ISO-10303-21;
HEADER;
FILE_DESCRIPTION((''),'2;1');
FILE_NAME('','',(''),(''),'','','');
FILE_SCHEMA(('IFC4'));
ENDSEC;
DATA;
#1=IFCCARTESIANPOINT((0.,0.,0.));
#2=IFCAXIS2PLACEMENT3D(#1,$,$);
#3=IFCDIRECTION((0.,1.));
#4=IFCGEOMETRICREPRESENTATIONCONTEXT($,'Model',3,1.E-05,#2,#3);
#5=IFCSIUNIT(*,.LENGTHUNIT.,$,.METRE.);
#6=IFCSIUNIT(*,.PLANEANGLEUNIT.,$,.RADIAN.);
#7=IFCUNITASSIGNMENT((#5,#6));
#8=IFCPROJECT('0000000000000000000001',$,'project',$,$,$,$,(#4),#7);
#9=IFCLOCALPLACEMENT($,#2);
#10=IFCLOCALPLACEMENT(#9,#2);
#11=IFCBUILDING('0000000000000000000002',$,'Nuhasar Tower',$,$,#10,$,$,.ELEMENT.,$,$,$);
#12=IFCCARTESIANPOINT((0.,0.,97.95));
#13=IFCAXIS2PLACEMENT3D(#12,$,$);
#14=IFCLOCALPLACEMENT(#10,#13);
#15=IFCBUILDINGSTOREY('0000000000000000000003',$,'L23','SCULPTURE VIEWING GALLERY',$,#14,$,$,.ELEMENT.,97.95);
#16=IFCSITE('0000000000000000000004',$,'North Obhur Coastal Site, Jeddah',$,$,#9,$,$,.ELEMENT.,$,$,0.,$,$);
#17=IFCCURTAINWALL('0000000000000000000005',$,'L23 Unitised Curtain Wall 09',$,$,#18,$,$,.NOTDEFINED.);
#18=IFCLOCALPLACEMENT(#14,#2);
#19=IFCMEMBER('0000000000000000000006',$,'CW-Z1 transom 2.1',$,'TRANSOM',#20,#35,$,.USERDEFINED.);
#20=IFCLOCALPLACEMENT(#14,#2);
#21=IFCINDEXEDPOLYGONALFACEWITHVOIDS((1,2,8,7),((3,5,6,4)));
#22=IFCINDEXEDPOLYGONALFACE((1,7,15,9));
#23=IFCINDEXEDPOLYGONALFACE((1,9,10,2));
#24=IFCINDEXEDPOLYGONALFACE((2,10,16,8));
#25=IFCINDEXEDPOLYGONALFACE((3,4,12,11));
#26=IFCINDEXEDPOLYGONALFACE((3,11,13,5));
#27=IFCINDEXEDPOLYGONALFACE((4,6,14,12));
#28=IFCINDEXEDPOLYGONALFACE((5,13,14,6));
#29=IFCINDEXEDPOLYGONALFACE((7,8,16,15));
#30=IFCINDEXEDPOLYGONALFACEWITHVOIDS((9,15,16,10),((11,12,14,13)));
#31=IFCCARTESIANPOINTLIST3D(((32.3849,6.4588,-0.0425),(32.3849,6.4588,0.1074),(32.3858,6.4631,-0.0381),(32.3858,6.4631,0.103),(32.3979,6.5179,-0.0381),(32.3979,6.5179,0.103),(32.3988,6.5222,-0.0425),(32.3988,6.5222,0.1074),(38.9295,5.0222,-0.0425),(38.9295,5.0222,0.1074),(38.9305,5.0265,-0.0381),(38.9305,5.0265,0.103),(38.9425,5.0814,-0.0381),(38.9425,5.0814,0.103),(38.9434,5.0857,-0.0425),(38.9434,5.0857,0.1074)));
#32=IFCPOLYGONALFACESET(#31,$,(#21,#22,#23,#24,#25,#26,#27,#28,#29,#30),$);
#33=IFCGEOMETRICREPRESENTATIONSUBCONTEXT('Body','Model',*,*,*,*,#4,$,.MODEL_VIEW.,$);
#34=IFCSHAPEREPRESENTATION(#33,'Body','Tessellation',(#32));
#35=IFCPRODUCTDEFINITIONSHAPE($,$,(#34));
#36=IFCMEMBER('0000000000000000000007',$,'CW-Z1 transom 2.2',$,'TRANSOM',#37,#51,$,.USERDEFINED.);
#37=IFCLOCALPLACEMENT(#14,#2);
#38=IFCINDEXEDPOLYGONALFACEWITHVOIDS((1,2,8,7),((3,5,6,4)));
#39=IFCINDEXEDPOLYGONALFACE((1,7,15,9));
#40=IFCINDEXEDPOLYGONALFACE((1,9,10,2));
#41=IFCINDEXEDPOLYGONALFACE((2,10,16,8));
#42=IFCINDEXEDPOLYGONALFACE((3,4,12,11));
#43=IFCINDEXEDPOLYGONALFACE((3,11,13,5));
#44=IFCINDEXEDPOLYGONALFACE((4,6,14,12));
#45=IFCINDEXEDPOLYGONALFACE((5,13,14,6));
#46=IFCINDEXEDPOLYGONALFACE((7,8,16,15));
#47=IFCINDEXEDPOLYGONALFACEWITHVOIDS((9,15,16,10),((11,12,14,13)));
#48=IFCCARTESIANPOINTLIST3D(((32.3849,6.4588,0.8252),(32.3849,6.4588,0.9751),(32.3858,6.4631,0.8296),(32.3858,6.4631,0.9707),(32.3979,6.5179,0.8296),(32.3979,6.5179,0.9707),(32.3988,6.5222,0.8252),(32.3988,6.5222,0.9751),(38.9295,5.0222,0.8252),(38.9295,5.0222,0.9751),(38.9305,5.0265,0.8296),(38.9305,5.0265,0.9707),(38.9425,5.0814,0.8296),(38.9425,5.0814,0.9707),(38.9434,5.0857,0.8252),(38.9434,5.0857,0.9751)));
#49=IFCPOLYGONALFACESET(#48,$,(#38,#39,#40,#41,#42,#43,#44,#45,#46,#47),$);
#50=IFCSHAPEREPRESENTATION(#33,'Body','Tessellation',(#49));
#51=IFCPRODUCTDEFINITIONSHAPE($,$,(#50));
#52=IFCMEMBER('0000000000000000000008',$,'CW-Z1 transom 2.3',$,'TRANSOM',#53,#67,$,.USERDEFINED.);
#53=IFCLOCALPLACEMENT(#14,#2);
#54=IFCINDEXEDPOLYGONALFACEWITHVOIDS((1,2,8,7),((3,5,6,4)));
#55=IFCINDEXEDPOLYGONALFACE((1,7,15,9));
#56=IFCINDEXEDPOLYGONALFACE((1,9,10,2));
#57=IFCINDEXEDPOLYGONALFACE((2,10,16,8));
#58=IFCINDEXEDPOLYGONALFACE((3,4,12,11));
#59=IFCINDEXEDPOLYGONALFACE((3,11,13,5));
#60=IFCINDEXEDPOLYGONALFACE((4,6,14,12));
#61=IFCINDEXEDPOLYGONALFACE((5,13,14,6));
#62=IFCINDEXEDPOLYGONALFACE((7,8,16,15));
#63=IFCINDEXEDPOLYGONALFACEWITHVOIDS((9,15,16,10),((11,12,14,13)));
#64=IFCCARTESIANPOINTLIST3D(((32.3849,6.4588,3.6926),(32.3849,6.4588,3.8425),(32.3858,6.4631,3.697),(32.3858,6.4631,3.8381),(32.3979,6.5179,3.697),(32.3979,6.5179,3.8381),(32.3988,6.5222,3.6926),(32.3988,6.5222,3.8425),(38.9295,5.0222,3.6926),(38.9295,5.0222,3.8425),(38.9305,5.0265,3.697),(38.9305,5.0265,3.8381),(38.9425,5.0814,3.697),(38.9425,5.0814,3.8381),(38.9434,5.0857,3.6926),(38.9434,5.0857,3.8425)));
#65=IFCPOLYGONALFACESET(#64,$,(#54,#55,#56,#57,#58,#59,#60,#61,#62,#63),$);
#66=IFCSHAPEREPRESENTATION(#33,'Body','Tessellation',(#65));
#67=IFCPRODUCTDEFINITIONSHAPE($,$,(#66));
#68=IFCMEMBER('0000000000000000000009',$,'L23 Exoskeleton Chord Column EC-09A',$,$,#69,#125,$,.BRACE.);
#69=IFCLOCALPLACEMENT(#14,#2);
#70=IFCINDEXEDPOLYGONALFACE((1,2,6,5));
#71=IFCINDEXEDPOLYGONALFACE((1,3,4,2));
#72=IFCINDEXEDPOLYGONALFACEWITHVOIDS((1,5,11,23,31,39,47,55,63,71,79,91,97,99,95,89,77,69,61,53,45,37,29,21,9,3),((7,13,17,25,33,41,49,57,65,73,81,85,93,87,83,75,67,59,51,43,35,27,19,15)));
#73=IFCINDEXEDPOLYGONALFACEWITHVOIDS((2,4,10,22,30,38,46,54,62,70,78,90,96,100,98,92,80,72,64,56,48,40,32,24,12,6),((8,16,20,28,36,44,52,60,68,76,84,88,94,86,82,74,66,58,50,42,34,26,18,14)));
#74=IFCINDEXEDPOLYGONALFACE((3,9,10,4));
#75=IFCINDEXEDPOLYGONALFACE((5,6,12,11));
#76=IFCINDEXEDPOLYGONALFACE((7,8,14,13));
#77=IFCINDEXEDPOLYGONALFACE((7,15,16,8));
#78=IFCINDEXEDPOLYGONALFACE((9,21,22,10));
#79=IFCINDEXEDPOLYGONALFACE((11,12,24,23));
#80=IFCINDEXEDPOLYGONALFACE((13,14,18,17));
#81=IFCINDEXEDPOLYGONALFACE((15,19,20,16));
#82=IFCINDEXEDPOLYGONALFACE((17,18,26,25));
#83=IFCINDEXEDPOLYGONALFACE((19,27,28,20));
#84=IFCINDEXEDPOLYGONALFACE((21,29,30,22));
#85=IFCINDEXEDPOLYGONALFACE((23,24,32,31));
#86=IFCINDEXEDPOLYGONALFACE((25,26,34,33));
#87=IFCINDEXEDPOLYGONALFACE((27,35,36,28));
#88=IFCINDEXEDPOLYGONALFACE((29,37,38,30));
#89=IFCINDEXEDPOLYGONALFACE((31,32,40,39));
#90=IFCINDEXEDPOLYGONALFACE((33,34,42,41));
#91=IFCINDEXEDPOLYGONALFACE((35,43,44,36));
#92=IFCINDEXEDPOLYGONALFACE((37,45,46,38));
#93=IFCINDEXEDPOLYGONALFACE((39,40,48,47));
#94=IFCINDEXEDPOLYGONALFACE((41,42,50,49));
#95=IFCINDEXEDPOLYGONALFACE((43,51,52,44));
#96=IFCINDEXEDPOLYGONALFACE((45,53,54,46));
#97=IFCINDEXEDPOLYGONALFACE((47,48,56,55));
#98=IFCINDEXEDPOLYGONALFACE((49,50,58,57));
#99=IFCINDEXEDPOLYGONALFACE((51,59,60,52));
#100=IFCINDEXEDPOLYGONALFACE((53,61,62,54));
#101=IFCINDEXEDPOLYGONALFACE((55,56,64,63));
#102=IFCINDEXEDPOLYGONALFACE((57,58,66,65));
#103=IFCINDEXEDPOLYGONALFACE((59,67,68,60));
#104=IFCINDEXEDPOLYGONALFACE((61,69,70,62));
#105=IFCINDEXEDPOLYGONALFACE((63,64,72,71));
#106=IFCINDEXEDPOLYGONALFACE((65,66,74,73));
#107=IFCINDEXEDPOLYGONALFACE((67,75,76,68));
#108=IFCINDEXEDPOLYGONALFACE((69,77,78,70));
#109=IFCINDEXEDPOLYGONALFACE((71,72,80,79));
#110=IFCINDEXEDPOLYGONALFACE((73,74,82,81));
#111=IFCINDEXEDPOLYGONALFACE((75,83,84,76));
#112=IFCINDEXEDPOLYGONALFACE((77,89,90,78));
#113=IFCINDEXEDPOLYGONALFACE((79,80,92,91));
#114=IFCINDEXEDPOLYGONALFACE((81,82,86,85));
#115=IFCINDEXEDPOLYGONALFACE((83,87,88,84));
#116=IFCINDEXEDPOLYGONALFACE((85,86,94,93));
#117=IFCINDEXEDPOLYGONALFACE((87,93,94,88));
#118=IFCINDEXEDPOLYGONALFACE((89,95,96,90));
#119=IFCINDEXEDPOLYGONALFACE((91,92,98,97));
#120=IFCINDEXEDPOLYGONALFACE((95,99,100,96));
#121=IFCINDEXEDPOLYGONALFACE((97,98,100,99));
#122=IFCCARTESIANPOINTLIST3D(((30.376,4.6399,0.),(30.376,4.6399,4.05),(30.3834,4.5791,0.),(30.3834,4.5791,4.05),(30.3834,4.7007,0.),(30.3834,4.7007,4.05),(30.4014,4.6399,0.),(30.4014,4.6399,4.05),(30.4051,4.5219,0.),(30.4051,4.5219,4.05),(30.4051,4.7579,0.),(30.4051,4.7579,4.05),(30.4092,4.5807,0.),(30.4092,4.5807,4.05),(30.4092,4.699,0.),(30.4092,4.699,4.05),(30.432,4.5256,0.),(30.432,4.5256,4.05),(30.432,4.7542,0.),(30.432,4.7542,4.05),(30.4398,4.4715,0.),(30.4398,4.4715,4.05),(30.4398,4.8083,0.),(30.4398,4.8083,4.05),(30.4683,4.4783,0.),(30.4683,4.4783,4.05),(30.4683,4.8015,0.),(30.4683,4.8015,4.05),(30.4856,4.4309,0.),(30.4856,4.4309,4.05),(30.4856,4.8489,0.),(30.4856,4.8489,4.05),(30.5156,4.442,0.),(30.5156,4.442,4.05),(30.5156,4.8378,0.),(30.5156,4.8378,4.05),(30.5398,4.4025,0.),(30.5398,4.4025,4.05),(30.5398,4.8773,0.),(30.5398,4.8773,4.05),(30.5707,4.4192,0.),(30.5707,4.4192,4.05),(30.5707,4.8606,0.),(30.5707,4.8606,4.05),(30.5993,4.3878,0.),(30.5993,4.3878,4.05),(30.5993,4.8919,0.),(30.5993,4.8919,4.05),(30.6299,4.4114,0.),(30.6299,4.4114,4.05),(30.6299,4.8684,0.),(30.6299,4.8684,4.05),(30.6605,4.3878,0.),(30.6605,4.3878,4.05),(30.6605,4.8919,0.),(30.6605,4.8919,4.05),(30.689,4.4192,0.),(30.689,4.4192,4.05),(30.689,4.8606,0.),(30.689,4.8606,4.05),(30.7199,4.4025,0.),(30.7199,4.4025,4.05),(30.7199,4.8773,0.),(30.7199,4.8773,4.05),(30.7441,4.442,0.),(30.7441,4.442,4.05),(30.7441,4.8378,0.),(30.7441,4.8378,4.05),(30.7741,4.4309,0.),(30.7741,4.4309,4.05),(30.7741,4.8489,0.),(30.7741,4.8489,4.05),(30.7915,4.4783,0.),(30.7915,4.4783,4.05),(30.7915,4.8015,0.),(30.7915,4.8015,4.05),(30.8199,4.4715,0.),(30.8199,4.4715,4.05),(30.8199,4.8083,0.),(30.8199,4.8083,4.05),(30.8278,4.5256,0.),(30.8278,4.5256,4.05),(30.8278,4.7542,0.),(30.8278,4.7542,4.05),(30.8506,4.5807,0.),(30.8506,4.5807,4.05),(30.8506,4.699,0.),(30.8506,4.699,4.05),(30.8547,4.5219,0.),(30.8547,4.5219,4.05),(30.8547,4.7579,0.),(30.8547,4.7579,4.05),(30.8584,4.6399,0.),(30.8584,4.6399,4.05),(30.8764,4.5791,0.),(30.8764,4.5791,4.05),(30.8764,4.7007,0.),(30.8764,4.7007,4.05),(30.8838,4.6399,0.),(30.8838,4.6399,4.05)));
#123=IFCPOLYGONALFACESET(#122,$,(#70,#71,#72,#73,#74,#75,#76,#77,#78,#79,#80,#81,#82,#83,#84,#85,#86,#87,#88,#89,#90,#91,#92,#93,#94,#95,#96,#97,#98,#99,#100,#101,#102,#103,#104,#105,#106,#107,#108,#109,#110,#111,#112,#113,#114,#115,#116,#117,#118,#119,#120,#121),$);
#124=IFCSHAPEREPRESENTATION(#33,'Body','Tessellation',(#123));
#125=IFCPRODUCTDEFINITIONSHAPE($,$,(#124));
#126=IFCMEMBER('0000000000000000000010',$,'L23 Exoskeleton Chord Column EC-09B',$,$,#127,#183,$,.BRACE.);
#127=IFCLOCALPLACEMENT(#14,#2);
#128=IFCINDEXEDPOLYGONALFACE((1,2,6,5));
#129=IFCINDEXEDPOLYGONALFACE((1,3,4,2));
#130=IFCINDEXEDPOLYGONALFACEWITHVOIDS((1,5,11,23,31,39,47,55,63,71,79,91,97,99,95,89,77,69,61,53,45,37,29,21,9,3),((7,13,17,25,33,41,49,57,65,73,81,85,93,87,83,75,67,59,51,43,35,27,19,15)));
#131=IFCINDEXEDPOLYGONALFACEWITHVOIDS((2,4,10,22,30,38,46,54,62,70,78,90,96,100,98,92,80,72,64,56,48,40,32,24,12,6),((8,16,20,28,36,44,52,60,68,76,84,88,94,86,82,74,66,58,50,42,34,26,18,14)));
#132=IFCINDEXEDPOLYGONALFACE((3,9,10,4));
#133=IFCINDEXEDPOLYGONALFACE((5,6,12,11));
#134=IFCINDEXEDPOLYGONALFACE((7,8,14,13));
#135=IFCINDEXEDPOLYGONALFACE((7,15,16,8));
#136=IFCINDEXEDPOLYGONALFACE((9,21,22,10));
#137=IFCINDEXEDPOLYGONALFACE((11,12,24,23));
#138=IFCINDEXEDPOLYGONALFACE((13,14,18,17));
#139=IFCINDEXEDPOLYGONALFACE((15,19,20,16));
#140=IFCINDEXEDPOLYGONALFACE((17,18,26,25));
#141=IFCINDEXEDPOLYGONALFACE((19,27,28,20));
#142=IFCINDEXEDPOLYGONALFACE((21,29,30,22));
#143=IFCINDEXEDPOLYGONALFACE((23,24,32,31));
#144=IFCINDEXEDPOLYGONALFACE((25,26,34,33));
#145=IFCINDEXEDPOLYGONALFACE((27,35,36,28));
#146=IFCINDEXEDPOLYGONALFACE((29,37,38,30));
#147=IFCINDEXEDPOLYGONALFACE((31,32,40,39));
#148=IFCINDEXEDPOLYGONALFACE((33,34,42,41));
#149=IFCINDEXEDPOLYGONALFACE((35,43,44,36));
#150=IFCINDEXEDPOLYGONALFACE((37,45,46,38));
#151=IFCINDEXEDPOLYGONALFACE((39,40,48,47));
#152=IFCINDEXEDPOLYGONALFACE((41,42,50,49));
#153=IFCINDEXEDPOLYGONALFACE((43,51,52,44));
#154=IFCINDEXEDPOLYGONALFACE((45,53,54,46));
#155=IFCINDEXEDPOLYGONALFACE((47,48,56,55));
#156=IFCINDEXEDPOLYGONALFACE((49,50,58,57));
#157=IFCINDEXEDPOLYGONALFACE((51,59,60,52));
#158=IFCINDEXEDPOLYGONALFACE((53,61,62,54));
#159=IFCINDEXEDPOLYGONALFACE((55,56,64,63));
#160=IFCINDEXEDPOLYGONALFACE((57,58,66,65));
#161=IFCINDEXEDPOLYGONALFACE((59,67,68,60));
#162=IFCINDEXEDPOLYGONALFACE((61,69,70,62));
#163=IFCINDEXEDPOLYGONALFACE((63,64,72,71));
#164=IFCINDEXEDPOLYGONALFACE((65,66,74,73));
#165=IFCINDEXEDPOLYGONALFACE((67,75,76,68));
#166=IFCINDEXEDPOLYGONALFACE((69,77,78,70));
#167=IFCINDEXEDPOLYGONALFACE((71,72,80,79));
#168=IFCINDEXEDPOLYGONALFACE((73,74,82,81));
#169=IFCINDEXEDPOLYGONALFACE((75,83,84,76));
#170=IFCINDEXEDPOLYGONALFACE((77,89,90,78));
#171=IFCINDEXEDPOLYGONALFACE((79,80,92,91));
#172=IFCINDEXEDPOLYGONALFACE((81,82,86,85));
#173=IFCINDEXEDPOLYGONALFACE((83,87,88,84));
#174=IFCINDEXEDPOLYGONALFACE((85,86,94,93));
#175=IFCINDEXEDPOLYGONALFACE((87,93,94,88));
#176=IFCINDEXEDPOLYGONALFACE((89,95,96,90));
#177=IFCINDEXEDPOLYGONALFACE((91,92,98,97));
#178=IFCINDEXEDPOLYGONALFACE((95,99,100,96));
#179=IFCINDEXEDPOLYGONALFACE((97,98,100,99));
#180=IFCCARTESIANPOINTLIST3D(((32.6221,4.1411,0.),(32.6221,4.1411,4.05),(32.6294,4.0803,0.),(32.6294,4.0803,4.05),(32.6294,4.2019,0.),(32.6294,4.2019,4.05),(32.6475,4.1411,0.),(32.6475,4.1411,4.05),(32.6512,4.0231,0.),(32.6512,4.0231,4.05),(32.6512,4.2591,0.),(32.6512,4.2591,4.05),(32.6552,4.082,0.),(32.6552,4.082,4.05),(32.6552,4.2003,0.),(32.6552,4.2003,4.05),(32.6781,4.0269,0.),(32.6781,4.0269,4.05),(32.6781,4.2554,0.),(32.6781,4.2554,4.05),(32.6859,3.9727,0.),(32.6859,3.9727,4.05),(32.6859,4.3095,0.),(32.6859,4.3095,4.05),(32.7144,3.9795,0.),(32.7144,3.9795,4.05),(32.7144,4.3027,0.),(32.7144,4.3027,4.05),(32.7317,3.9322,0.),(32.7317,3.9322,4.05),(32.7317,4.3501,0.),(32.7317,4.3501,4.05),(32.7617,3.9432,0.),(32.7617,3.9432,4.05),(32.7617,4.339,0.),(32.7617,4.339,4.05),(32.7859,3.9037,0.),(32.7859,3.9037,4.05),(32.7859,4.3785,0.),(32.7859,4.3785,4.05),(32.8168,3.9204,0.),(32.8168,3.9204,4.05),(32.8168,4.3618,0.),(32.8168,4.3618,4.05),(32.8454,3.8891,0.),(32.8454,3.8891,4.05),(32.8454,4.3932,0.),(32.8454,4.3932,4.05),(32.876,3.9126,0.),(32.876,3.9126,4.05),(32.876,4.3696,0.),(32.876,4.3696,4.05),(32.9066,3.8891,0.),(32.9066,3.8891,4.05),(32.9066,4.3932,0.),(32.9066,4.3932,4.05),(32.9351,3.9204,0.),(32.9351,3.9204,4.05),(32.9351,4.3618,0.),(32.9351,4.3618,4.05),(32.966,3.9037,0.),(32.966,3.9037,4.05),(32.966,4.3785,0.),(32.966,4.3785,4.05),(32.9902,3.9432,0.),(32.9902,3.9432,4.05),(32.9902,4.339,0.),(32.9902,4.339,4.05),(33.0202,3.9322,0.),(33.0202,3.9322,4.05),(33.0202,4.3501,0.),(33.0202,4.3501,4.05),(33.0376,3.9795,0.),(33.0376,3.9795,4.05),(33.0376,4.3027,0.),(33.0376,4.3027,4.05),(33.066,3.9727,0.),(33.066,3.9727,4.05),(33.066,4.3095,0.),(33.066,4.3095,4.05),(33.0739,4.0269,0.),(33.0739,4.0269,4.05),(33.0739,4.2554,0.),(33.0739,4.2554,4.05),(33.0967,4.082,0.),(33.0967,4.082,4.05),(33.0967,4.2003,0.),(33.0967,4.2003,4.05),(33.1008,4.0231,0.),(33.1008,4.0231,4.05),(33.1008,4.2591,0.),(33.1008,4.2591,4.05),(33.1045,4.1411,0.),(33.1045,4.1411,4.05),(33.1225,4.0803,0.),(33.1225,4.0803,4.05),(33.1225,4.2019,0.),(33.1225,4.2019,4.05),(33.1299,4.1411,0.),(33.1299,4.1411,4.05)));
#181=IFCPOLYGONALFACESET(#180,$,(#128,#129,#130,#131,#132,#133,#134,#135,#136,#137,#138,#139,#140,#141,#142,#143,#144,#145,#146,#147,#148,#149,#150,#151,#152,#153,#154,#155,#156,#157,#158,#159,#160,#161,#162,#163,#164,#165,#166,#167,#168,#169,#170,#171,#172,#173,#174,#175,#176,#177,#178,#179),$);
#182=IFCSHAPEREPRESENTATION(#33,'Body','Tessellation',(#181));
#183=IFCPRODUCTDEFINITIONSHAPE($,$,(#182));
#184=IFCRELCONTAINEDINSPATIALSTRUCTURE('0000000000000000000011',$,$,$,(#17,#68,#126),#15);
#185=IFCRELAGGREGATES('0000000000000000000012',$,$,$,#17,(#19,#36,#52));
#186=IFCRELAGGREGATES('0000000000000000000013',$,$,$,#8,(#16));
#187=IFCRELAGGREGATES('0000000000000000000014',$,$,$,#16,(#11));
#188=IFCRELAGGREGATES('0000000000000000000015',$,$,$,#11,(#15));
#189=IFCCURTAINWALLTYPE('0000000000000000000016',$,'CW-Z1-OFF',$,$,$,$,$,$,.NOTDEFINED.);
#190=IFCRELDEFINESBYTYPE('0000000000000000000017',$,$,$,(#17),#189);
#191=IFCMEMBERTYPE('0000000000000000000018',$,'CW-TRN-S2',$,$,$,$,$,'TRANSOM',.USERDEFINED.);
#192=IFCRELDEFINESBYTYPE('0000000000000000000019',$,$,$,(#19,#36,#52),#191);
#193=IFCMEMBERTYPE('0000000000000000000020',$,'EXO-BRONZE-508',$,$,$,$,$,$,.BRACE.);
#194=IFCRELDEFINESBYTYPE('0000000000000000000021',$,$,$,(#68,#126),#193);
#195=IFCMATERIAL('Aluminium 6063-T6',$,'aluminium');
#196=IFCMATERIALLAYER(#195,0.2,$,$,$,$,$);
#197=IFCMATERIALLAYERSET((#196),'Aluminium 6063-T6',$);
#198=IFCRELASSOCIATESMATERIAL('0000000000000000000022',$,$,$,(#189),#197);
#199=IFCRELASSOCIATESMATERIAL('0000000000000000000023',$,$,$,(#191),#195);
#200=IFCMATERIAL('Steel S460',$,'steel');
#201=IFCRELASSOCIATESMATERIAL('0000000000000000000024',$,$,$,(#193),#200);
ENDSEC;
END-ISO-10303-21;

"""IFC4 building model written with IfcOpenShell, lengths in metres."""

from ifc_helpers import new_model, si_unit, direction, frame, origin, origin_2d, place, context, subcontext, project, spatial, hollow_rectangle, hollow_circle, extrude, material, layer, layer_set, material_profile, profile_set, type_object, element, aggregate, save


model = new_model("IFC4")

# Units and contexts
model_context = context("Model", 3, precision=1e-05, world=origin(), true_north=direction((0.0, 1.0)))
body_context = subcontext(model_context, "Body", "Model", "MODEL_VIEW")
ifc_project = project(units=[si_unit("LENGTHUNIT", "METRE"), si_unit("PLANEANGLEUNIT", "RADIAN")], contexts=[model_context])

# Site, building, storey
site_placement = place(None, origin())
site = spatial("IfcSite", under=ifc_project, at=site_placement, Name="North Obhur Coastal Site, Jeddah", CompositionType="ELEMENT", RefElevation=0.0)
building_placement = place(site_placement, origin())
building = spatial("IfcBuilding", under=site, at=building_placement, Name="Nuhasar Tower", CompositionType="ELEMENT")
storey_placement = place(building_placement, frame((0.0, 0.0, 97.95)))
storey = spatial("IfcBuildingStorey", under=building, at=storey_placement, Name="L23", Description="SCULPTURE VIEWING GALLERY", CompositionType="ELEMENT", Elevation=97.95)

# Curtain wall, members
ifc_material_1 = material(Name="Aluminium 6063-T6", Category="aluminium")
ifc_layer_1 = layer(ifc_material_1, 0.2)
ifc_layer_set_1 = layer_set([ifc_layer_1], Name="Aluminium 6063-T6")
curtain_wall_type = type_object("IfcCurtainWallType", Name="CW-Z1-OFF", PredefinedType="NOTDEFINED", material=ifc_layer_set_1)
curtain_wall_placement = place(storey_placement, origin())
curtain_wall = element("IfcCurtainWall", 1, at=curtain_wall_placement, inside=storey, type_object=curtain_wall_type, Name="L23 Unitised Curtain Wall 09", PredefinedType="NOTDEFINED")
ifc_material_profile_1 = material_profile(ifc_material_1, hollow_rectangle(XDim=0.0649, YDim=0.1499, WallThickness=0.0044, at=origin_2d()), Name="CWT-2")
ifc_profile_set_1 = profile_set([ifc_material_profile_1], Name="Aluminium 6063-T6")
member_type_1 = type_object("IfcMemberType", Name="CW-TRN-S2", ElementType="TRANSOM", PredefinedType="USERDEFINED", material=ifc_profile_set_1)
member_1_placement = place(storey_placement, frame((32.3918, 6.4905, 0.0325), z_axis=(0.976748, -0.214391, 0.0), x_axis=(0.214391, 0.976748, 0.0)))
member_1 = element("IfcMember", 2, at=member_1_placement, type_object=member_type_1, Name="CW-Z1 transom 2.1", ObjectType="TRANSOM", PredefinedType="USERDEFINED", context=body_context, shape_type="SweptSolid", body=[
    extrude(hollow_rectangle(XDim=0.0649, YDim=0.1499, WallThickness=0.0044, at=origin_2d()), origin(), (0.0, 0.0, 1.0), 6.7004),
])
member_2_placement = place(storey_placement, frame((32.3918, 6.4905, 0.9001), z_axis=(0.976748, -0.214391, 0.0), x_axis=(0.214391, 0.976748, 0.0)))
member_2 = element("IfcMember", 3, at=member_2_placement, type_object=member_type_1, Name="CW-Z1 transom 2.2", ObjectType="TRANSOM", PredefinedType="USERDEFINED", context=body_context, shape_type="SweptSolid", body=[
    extrude(hollow_rectangle(XDim=0.0649, YDim=0.1499, WallThickness=0.0044, at=origin_2d()), origin(), (0.0, 0.0, 1.0), 6.7004),
])
member_3_placement = place(storey_placement, frame((32.3918, 6.4905, 3.7676), z_axis=(0.976748, -0.214391, 0.0), x_axis=(0.214391, 0.976748, 0.0)))
member_3 = element("IfcMember", 4, at=member_3_placement, type_object=member_type_1, Name="CW-Z1 transom 2.3", ObjectType="TRANSOM", PredefinedType="USERDEFINED", context=body_context, shape_type="SweptSolid", body=[
    extrude(hollow_rectangle(XDim=0.0649, YDim=0.1499, WallThickness=0.0044, at=origin_2d()), origin(), (0.0, 0.0, 1.0), 6.7004),
])

# Members
ifc_material_2 = material(Name="Steel S460", Category="steel")
ifc_material_profile_2 = material_profile(ifc_material_2, hollow_circle(Radius=0.2539, WallThickness=0.0254, at=origin_2d()), Name="HSS508X25.4")
ifc_profile_set_2 = profile_set([ifc_material_profile_2], Name="Steel S460")
member_type_2 = type_object("IfcMemberType", Name="EXO-BRONZE-508", PredefinedType="BRACE", material=ifc_profile_set_2)
for number, where, z_axis, x_axis, name in (
    (5, (30.6299, 4.6399, 0.0), (0.0, 0.0, 1.0), (1.0, 0.0, 0.0), "L23 Exoskeleton Chord Column EC-09A"),
    (6, (32.876, 4.1411, 0.0), (0.0, 0.0, 1.0), (1.0, 0.0, 0.0), "L23 Exoskeleton Chord Column EC-09B"),
):
    element("IfcMember", number, at=place(storey_placement, frame(where, z_axis=z_axis, x_axis=x_axis)), inside=storey, type_object=member_type_2, Name=name, PredefinedType="BRACE", context=body_context, shape_type="SweptSolid", body=[
        extrude(hollow_circle(Radius=0.2539, WallThickness=0.0254, at=origin_2d()), origin(), (0.0, 0.0, 1.0), 4.05),
    ])

aggregate(curtain_wall, [member_1, member_2, member_3])

save(model, "model.ifc")
